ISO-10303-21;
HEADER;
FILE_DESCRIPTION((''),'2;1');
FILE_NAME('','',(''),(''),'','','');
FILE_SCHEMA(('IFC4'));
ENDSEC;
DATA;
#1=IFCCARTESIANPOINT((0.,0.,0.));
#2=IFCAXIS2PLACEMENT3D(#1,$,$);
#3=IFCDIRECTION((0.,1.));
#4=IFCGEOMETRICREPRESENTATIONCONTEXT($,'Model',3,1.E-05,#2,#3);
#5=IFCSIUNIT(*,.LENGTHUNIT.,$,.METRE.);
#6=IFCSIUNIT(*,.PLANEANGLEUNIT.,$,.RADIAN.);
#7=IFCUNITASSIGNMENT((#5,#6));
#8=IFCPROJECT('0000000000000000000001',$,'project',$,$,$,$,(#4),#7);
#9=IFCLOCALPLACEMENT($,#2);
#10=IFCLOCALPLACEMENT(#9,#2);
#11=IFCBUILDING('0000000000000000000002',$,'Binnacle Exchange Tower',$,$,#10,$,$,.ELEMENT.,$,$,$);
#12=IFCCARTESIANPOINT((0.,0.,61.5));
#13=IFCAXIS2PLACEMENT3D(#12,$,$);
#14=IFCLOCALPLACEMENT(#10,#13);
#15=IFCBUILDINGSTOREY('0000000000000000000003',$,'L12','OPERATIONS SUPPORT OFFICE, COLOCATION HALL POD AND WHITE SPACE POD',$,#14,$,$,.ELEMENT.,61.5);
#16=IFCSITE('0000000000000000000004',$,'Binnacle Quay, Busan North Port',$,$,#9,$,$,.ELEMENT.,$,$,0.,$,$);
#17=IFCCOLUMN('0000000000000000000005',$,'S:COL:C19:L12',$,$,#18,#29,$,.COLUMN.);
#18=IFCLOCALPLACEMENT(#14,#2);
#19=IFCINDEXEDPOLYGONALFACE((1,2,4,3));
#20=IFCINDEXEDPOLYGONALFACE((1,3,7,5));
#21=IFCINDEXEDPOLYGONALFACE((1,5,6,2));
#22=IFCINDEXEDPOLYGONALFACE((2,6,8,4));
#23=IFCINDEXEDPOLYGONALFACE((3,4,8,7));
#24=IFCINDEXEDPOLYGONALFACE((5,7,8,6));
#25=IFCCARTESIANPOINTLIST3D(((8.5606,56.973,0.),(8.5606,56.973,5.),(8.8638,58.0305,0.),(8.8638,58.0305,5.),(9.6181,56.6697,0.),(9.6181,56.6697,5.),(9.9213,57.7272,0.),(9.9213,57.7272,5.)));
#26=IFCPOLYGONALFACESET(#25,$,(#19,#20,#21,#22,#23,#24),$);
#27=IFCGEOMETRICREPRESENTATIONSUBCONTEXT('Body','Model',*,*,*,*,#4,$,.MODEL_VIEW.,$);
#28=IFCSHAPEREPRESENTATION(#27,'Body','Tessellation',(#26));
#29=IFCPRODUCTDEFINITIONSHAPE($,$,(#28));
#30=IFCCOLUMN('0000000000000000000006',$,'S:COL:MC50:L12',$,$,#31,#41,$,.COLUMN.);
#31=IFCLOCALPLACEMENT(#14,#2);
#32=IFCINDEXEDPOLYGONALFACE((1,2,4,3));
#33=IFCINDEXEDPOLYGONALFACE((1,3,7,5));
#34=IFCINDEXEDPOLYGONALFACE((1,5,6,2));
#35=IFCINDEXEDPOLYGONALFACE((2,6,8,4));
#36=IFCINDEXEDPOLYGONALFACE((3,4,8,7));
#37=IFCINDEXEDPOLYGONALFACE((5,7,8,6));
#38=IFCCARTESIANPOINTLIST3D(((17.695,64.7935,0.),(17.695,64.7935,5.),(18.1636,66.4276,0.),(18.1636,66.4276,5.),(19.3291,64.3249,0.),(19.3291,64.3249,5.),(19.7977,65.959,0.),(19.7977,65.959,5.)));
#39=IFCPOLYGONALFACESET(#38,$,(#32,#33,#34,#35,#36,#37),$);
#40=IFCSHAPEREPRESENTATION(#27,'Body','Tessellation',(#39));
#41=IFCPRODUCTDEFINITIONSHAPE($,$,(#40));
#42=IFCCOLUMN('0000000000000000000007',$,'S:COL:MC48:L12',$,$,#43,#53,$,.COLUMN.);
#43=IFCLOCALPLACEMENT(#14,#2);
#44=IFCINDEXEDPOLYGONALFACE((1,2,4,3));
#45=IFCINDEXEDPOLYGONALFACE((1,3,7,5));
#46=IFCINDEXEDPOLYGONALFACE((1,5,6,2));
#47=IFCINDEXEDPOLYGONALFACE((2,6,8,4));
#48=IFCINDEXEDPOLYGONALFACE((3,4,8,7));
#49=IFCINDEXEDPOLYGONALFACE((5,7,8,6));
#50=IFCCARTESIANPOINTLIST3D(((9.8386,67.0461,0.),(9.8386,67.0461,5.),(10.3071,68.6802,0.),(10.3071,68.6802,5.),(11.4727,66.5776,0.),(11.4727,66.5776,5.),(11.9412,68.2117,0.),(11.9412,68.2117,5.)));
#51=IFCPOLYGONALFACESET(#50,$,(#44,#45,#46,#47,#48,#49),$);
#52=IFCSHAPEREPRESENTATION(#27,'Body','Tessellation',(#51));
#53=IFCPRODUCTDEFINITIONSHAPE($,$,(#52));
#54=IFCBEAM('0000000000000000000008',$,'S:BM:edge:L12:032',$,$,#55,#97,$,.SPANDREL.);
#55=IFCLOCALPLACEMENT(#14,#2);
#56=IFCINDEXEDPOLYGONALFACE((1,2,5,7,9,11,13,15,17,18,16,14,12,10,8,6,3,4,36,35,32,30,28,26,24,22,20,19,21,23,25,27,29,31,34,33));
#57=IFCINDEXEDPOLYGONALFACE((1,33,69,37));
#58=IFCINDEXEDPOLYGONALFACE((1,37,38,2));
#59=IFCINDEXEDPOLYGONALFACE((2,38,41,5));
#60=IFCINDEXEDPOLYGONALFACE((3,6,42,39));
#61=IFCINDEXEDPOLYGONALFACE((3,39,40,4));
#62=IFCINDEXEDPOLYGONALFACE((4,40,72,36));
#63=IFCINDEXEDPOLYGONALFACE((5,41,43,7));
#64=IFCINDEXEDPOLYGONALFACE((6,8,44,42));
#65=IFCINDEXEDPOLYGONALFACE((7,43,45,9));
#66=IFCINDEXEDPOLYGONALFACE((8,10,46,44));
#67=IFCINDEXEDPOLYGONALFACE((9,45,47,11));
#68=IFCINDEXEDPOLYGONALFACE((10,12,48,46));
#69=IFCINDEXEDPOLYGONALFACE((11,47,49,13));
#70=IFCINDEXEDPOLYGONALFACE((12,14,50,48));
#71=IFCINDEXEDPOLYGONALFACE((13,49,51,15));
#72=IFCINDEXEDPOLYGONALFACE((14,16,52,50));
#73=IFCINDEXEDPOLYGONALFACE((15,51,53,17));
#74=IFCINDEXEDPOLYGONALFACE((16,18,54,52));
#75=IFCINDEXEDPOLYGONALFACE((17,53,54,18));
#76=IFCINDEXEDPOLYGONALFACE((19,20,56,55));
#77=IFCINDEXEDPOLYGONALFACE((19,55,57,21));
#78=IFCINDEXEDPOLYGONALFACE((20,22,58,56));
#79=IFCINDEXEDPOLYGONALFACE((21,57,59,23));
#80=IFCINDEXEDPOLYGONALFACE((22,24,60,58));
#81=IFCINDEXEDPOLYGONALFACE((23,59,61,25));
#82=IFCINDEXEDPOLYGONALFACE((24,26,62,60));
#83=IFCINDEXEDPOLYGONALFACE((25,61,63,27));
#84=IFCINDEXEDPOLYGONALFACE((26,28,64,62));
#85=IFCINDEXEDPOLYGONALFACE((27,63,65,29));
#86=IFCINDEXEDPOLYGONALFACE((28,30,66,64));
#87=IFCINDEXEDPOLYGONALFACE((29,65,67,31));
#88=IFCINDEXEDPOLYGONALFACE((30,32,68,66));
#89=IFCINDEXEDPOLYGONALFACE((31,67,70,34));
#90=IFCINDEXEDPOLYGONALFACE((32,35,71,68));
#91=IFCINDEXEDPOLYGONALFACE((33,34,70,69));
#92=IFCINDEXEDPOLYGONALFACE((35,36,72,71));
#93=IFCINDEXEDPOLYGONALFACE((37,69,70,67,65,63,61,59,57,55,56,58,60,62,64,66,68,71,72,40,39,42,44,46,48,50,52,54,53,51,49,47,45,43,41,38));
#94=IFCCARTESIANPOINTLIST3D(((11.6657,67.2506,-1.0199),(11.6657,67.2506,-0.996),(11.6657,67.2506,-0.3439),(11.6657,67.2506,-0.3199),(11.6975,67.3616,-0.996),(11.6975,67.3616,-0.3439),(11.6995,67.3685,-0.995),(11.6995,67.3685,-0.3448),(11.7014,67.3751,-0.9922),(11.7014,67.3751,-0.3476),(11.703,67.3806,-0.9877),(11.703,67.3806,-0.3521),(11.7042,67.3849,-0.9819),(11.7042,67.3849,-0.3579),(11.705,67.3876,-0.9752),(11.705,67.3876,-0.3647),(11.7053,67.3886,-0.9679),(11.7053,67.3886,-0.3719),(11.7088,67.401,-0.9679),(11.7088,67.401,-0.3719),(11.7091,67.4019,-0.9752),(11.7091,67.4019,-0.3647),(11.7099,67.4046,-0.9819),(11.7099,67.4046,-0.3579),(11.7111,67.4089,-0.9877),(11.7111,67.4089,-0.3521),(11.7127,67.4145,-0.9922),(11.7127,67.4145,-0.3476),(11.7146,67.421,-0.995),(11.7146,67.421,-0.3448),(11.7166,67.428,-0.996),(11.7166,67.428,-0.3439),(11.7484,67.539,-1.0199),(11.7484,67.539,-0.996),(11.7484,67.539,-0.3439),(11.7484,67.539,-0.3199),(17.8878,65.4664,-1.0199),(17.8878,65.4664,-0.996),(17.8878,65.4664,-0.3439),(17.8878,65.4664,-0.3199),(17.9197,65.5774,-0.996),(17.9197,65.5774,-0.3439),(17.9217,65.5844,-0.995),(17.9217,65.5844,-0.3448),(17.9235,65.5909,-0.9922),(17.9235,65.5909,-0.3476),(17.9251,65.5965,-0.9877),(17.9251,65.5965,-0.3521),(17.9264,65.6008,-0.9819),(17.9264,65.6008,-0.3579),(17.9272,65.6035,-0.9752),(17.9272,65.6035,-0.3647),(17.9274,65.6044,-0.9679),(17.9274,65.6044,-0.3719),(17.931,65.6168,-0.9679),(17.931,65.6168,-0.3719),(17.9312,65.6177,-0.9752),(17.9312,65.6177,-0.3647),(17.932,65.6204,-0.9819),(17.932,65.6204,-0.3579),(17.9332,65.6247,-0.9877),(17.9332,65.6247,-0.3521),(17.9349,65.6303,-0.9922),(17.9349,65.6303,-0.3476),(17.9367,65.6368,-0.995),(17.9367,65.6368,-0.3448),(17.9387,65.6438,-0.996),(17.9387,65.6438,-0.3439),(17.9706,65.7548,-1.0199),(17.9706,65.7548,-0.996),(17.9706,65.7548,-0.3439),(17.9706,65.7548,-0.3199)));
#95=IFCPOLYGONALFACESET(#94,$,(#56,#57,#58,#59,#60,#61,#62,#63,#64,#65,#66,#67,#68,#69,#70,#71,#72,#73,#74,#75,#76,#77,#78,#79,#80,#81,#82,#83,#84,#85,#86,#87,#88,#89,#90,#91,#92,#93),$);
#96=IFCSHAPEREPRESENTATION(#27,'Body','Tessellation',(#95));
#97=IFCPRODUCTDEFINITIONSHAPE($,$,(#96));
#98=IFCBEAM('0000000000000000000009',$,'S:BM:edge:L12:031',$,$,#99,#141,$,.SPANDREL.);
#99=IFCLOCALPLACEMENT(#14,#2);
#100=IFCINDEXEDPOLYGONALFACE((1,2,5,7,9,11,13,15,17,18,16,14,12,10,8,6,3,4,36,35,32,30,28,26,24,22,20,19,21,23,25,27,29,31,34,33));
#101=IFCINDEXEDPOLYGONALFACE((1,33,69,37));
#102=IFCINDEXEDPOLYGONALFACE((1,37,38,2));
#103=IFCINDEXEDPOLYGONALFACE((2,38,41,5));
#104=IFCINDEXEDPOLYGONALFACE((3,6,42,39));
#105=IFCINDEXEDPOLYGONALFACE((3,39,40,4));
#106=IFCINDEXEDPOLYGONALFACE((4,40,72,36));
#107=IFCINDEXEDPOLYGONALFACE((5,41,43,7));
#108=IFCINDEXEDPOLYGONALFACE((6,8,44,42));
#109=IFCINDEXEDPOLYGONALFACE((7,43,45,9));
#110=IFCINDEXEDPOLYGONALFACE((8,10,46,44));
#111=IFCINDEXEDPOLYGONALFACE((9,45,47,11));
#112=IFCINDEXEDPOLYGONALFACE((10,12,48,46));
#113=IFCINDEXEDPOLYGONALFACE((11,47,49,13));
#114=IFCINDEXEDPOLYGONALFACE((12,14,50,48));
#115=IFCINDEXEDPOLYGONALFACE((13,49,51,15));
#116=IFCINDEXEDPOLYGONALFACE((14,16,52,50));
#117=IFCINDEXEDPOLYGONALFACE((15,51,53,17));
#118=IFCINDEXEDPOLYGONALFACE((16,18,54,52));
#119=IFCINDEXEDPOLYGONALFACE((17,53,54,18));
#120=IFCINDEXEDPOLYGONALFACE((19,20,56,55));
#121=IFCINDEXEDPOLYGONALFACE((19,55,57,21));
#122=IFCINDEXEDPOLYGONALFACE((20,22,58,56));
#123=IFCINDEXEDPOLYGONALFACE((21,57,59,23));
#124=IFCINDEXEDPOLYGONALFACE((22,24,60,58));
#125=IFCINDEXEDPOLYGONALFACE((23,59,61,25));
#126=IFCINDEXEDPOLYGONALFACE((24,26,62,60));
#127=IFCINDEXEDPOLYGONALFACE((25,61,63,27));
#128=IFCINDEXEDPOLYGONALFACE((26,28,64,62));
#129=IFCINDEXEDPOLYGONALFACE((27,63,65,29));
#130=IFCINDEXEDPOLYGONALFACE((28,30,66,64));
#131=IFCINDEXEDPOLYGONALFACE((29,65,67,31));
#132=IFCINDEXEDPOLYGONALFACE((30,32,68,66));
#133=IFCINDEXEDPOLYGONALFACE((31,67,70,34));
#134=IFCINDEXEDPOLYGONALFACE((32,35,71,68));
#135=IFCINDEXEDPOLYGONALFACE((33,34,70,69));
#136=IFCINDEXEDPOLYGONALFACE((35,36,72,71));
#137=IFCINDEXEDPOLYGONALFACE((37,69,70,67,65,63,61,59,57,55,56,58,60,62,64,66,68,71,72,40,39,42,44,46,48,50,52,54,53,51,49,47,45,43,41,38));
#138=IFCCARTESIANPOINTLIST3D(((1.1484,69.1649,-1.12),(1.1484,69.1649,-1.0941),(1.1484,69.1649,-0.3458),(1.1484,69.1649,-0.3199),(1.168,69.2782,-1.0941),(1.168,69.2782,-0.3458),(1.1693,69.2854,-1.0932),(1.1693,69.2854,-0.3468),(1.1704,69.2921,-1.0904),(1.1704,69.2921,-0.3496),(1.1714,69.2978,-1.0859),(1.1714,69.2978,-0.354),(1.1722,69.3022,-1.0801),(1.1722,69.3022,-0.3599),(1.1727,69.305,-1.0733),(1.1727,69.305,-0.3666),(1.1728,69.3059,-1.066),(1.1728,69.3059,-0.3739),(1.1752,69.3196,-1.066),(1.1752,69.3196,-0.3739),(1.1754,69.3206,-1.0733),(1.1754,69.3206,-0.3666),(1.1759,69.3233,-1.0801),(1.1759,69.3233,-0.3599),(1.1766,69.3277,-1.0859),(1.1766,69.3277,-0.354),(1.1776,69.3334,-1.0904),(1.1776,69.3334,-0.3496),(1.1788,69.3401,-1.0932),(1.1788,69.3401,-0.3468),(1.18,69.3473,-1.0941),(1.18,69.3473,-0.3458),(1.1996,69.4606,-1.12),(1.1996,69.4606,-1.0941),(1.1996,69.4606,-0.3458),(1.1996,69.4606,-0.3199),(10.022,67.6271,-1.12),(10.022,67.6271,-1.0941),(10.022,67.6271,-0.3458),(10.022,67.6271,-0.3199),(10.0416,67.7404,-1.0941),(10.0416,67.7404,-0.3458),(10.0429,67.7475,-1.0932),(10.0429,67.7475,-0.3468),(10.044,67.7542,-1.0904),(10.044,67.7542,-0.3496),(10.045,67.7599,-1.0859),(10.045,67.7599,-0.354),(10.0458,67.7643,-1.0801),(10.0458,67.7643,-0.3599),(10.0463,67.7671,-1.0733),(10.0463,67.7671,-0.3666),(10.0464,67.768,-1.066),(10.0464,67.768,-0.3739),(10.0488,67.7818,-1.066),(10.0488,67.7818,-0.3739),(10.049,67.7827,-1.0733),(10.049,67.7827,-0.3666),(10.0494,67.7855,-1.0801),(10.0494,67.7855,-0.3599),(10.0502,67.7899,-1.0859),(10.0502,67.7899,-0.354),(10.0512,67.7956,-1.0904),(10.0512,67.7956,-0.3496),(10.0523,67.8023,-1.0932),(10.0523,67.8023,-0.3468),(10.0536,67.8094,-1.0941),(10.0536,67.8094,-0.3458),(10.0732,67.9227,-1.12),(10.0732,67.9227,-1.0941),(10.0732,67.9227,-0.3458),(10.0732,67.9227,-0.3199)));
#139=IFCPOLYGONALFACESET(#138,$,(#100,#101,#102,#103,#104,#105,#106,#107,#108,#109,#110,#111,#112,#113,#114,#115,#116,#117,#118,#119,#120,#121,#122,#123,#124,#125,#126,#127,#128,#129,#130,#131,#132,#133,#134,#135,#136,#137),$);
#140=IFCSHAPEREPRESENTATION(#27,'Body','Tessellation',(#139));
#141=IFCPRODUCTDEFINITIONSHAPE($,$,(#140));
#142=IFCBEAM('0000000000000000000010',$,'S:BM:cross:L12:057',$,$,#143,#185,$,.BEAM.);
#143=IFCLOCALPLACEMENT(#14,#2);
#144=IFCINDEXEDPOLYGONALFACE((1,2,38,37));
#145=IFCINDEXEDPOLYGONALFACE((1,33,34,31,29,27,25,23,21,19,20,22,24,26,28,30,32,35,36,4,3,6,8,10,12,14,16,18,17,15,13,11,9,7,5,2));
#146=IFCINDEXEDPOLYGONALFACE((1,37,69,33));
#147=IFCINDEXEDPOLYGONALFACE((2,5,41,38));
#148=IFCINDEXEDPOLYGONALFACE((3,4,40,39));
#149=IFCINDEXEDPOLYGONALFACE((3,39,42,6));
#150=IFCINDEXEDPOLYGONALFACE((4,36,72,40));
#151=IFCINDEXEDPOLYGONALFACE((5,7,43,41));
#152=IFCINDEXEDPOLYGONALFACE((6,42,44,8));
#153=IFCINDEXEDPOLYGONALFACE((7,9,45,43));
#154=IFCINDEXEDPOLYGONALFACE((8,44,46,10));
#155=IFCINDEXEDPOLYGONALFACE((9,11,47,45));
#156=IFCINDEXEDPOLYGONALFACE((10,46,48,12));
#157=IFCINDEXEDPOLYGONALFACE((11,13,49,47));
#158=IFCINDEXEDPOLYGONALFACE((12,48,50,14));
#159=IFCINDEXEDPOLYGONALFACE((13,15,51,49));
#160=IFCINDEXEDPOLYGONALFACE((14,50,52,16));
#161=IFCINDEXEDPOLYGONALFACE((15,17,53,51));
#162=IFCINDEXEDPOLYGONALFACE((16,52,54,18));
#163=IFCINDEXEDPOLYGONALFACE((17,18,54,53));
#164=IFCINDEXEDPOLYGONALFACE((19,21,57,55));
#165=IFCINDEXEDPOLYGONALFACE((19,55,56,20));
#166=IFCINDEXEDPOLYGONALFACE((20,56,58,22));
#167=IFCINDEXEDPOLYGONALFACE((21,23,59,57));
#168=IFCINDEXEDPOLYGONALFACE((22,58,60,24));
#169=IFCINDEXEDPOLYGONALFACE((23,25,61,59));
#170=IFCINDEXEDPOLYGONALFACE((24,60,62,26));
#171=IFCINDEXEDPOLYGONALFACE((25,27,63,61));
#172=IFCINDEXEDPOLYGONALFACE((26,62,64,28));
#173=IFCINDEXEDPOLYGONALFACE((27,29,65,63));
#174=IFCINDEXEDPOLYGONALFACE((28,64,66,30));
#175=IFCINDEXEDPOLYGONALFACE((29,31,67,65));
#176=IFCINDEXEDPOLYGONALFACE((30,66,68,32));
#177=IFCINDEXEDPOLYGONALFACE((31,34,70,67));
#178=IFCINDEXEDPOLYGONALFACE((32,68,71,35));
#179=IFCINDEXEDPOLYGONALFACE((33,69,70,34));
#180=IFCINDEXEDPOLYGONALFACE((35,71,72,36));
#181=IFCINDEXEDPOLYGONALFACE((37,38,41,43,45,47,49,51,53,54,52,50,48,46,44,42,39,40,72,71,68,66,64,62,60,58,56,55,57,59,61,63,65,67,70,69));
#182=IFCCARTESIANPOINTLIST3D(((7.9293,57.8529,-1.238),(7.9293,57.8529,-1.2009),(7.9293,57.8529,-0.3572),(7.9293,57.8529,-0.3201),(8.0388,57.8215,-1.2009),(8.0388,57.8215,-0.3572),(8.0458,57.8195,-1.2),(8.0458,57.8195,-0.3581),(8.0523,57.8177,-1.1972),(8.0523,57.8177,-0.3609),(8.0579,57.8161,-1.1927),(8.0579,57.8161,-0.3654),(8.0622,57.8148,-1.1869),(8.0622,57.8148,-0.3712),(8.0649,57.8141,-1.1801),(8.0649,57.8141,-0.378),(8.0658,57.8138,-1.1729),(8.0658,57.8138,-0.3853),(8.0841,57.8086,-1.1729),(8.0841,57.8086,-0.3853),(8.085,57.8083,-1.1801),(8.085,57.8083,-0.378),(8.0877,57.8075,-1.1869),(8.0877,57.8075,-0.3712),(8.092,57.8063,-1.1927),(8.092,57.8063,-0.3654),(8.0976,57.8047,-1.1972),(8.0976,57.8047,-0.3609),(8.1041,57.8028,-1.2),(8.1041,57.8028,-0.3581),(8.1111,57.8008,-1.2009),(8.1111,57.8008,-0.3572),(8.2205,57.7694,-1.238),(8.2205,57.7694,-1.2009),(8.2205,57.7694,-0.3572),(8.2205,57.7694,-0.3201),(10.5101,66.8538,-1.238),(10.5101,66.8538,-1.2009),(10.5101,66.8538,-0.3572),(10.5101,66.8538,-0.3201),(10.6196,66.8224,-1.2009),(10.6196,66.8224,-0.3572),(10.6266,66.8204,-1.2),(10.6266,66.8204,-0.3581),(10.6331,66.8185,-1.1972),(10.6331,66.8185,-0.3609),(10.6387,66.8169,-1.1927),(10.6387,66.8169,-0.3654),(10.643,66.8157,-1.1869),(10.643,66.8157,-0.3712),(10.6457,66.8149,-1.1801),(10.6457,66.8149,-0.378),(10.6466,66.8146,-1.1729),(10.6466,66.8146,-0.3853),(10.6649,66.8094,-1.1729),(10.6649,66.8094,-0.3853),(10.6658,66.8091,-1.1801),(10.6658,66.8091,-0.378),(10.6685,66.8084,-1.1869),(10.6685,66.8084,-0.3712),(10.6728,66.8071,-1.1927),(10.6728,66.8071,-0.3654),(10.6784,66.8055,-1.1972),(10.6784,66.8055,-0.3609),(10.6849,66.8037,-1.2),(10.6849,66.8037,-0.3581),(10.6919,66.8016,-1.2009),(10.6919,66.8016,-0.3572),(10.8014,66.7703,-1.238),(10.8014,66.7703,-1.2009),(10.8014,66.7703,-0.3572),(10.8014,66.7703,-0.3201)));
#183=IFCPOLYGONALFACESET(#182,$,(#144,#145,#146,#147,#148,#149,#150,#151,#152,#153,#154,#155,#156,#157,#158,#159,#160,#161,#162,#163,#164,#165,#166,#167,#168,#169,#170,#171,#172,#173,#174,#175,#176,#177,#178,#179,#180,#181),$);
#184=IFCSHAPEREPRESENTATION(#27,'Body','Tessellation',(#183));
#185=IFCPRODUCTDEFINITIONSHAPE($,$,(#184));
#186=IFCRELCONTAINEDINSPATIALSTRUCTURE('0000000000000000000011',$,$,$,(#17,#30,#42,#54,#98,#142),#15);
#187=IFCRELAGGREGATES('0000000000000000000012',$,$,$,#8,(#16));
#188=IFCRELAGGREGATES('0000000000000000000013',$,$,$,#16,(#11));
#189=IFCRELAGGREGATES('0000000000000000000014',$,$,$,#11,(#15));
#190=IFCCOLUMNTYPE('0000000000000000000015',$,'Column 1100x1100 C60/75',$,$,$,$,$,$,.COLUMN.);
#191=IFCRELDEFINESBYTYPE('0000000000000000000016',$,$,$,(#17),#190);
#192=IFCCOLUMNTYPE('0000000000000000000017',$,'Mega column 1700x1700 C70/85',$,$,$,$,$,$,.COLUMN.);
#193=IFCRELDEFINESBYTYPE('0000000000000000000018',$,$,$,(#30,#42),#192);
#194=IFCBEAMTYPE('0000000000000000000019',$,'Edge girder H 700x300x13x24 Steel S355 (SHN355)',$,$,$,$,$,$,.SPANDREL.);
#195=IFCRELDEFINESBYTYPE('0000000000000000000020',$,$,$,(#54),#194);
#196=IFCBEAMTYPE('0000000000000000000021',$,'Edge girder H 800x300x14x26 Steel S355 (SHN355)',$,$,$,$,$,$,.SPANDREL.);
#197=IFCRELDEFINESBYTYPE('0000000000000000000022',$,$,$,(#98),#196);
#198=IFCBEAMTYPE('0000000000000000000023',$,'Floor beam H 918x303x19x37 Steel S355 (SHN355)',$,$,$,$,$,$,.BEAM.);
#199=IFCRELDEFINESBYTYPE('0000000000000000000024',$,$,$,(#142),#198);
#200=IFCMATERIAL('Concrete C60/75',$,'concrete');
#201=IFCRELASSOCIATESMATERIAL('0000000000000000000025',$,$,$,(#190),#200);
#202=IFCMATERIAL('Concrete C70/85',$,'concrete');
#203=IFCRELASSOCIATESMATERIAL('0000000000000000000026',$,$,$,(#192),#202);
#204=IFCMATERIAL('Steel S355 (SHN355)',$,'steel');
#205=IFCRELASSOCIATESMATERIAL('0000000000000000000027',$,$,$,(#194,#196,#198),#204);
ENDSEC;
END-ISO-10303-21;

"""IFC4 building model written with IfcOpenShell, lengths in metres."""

from ifc_helpers import new_model, si_unit, direction, frame, origin, origin_2d, place, context, subcontext, project, spatial, rectangle, i_section, extrude, material, material_profile, profile_set, type_object, element, save


model = new_model("IFC4")

# Units and contexts
model_context = context("Model", 3, precision=1e-05, world=origin(), true_north=direction((0.0, 1.0)))
body_context = subcontext(model_context, "Body", "Model", "MODEL_VIEW")
ifc_project = project(units=[si_unit("LENGTHUNIT", "METRE"), si_unit("PLANEANGLEUNIT", "RADIAN")], contexts=[model_context])

# Site, building, storey
site_placement = place(None, origin())
site = spatial("IfcSite", under=ifc_project, at=site_placement, Name="Binnacle Quay, Busan North Port", CompositionType="ELEMENT", RefElevation=0.0)
building_placement = place(site_placement, origin())
building = spatial("IfcBuilding", under=site, at=building_placement, Name="Binnacle Exchange Tower", CompositionType="ELEMENT")
storey_placement = place(building_placement, frame((0.0, 0.0, 61.5)))
storey = spatial("IfcBuildingStorey", under=building, at=storey_placement, Name="L12", Description="OPERATIONS SUPPORT OFFICE, COLOCATION HALL POD AND WHITE SPACE POD", CompositionType="ELEMENT", Elevation=61.5)

# Columns
ifc_material_1 = material(Name="Concrete C60/75", Category="concrete")
ifc_material_profile_1 = material_profile(ifc_material_1, rectangle(XDim=1.1001, YDim=1.1001, at=origin_2d()), Name="Column 1100x1100 C60/75")
ifc_profile_set_1 = profile_set([ifc_material_profile_1], Name="Concrete C60/75")
column_type_1 = type_object("IfcColumnType", Name="Column 1100x1100 C60/75", PredefinedType="COLUMN", material=ifc_profile_set_1)
column_placement = place(storey_placement, frame((9.241, 57.3501, 0.0), z_axis=(0.0, 0.0, 1.0), x_axis=(0.961262, -0.275637, 0.0)))
element("IfcColumn", 1, at=column_placement, inside=storey, type_object=column_type_1, Name="S:COL:C19:L12", PredefinedType="COLUMN", context=body_context, shape_type="SweptSolid", body=[
    extrude(rectangle(XDim=1.1001, YDim=1.1001, at=origin_2d()), origin(), (0.0, 0.0, 1.0), 5.0),
])
ifc_material_2 = material(Name="Concrete C70/85", Category="concrete")
ifc_material_profile_2 = material_profile(ifc_material_2, rectangle(XDim=1.7, YDim=1.7, at=origin_2d()), Name="Mega column 1700x1700 C70/85")
ifc_profile_set_2 = profile_set([ifc_material_profile_2], Name="Concrete C70/85")
column_type_2 = type_object("IfcColumnType", Name="Mega column 1700x1700 C70/85", PredefinedType="COLUMN", material=ifc_profile_set_2)
for number, where, z_axis, x_axis, name in (
    (2, (18.7463, 65.3762, 0.0), (0.0, 0.0, 1.0), (-0.961262, 0.275637, 0.0), "S:COL:MC50:L12"),
    (3, (10.8899, 67.6289, 0.0), (0.0, 0.0, 1.0), (-0.961262, 0.275637, 0.0), "S:COL:MC48:L12"),
):
    element("IfcColumn", number, at=place(storey_placement, frame(where, z_axis=z_axis, x_axis=x_axis)), inside=storey, type_object=column_type_2, Name=name, PredefinedType="COLUMN", context=body_context, shape_type="SweptSolid", body=[
        extrude(rectangle(XDim=1.7, YDim=1.7, at=origin_2d()), origin(), (0.0, 0.0, 1.0), 5.0),
    ])

# Beams
ifc_material_3 = material(Name="Steel S355 (SHN355)", Category="steel")
ifc_material_profile_3 = material_profile(ifc_material_3, i_section(OverallWidth=0.3, OverallDepth=0.7, WebThickness=0.0129, FlangeThickness=0.0239, FilletRadius=0.0281, at=origin_2d()), Name="H 700x300x13x24")
ifc_profile_set_3 = profile_set([ifc_material_profile_3], Name="Steel S355 (SHN355)")
beam_type_1 = type_object("IfcBeamType", Name="Edge girder H 700x300x13x24 Steel S355 (SHN355)", PredefinedType="SPANDREL", material=ifc_profile_set_3)
beam_1_placement = place(storey_placement, frame((17.9292, 65.6106, -0.6699), z_axis=(-0.961262, 0.275638, 0.0), x_axis=(-0.275638, -0.961262, 0.0)))
element("IfcBeam", 4, at=beam_1_placement, inside=storey, type_object=beam_type_1, Name="S:BM:edge:L12:032", PredefinedType="SPANDREL", context=body_context, shape_type="SweptSolid", body=[
    extrude(i_section(OverallWidth=0.3, OverallDepth=0.7, WebThickness=0.0129, FlangeThickness=0.0239, FilletRadius=0.0281, at=origin_2d()), origin(), (0.0, 0.0, 1.0), 6.4729),
])
ifc_material_profile_4 = material_profile(ifc_material_3, i_section(OverallWidth=0.3, OverallDepth=0.8, WebThickness=0.0139, FlangeThickness=0.0259, FilletRadius=0.0281, at=origin_2d()), Name="H 800x300x14x26")
ifc_profile_set_4 = profile_set([ifc_material_profile_4], Name="Steel S355 (SHN355)")
beam_type_2 = type_object("IfcBeamType", Name="Edge girder H 800x300x14x26 Steel S355 (SHN355)", PredefinedType="SPANDREL", material=ifc_profile_set_4)
beam_2_placement = place(storey_placement, frame((10.0476, 67.7749, -0.72), z_axis=(-0.985312, 0.170761, 0.0), x_axis=(-0.170761, -0.985312, 0.0)))
element("IfcBeam", 5, at=beam_2_placement, inside=storey, type_object=beam_type_2, Name="S:BM:edge:L12:031", PredefinedType="SPANDREL", context=body_context, shape_type="SweptSolid", body=[
    extrude(i_section(OverallWidth=0.3, OverallDepth=0.8, WebThickness=0.0139, FlangeThickness=0.0259, FilletRadius=0.0281, at=origin_2d()), origin(), (0.0, 0.0, 1.0), 9.0059),
])
ifc_material_profile_5 = material_profile(ifc_material_3, i_section(OverallWidth=0.303, OverallDepth=0.918, WebThickness=0.019, FlangeThickness=0.0371, FilletRadius=0.0281, at=origin_2d()), Name="H 918x303x19x37")
ifc_profile_set_5 = profile_set([ifc_material_profile_5], Name="Steel S355 (SHN355)")
beam_type_3 = type_object("IfcBeamType", Name="Floor beam H 918x303x19x37 Steel S355 (SHN355)", PredefinedType="BEAM", material=ifc_profile_set_5)
beam_3_placement = place(storey_placement, frame((10.6558, 66.812, -0.7791), z_axis=(-0.275627, -0.961265, 0.0), x_axis=(0.961265, -0.275627, 0.0)))
element("IfcBeam", 6, at=beam_3_placement, inside=storey, type_object=beam_type_3, Name="S:BM:cross:L12:057", PredefinedType="BEAM", context=body_context, shape_type="SweptSolid", body=[
    extrude(i_section(OverallWidth=0.303, OverallDepth=0.918, WebThickness=0.019, FlangeThickness=0.0371, FilletRadius=0.0281, at=origin_2d()), origin(), (0.0, 0.0, 1.0), 9.3635),
])

save(model, "model.ifc")
